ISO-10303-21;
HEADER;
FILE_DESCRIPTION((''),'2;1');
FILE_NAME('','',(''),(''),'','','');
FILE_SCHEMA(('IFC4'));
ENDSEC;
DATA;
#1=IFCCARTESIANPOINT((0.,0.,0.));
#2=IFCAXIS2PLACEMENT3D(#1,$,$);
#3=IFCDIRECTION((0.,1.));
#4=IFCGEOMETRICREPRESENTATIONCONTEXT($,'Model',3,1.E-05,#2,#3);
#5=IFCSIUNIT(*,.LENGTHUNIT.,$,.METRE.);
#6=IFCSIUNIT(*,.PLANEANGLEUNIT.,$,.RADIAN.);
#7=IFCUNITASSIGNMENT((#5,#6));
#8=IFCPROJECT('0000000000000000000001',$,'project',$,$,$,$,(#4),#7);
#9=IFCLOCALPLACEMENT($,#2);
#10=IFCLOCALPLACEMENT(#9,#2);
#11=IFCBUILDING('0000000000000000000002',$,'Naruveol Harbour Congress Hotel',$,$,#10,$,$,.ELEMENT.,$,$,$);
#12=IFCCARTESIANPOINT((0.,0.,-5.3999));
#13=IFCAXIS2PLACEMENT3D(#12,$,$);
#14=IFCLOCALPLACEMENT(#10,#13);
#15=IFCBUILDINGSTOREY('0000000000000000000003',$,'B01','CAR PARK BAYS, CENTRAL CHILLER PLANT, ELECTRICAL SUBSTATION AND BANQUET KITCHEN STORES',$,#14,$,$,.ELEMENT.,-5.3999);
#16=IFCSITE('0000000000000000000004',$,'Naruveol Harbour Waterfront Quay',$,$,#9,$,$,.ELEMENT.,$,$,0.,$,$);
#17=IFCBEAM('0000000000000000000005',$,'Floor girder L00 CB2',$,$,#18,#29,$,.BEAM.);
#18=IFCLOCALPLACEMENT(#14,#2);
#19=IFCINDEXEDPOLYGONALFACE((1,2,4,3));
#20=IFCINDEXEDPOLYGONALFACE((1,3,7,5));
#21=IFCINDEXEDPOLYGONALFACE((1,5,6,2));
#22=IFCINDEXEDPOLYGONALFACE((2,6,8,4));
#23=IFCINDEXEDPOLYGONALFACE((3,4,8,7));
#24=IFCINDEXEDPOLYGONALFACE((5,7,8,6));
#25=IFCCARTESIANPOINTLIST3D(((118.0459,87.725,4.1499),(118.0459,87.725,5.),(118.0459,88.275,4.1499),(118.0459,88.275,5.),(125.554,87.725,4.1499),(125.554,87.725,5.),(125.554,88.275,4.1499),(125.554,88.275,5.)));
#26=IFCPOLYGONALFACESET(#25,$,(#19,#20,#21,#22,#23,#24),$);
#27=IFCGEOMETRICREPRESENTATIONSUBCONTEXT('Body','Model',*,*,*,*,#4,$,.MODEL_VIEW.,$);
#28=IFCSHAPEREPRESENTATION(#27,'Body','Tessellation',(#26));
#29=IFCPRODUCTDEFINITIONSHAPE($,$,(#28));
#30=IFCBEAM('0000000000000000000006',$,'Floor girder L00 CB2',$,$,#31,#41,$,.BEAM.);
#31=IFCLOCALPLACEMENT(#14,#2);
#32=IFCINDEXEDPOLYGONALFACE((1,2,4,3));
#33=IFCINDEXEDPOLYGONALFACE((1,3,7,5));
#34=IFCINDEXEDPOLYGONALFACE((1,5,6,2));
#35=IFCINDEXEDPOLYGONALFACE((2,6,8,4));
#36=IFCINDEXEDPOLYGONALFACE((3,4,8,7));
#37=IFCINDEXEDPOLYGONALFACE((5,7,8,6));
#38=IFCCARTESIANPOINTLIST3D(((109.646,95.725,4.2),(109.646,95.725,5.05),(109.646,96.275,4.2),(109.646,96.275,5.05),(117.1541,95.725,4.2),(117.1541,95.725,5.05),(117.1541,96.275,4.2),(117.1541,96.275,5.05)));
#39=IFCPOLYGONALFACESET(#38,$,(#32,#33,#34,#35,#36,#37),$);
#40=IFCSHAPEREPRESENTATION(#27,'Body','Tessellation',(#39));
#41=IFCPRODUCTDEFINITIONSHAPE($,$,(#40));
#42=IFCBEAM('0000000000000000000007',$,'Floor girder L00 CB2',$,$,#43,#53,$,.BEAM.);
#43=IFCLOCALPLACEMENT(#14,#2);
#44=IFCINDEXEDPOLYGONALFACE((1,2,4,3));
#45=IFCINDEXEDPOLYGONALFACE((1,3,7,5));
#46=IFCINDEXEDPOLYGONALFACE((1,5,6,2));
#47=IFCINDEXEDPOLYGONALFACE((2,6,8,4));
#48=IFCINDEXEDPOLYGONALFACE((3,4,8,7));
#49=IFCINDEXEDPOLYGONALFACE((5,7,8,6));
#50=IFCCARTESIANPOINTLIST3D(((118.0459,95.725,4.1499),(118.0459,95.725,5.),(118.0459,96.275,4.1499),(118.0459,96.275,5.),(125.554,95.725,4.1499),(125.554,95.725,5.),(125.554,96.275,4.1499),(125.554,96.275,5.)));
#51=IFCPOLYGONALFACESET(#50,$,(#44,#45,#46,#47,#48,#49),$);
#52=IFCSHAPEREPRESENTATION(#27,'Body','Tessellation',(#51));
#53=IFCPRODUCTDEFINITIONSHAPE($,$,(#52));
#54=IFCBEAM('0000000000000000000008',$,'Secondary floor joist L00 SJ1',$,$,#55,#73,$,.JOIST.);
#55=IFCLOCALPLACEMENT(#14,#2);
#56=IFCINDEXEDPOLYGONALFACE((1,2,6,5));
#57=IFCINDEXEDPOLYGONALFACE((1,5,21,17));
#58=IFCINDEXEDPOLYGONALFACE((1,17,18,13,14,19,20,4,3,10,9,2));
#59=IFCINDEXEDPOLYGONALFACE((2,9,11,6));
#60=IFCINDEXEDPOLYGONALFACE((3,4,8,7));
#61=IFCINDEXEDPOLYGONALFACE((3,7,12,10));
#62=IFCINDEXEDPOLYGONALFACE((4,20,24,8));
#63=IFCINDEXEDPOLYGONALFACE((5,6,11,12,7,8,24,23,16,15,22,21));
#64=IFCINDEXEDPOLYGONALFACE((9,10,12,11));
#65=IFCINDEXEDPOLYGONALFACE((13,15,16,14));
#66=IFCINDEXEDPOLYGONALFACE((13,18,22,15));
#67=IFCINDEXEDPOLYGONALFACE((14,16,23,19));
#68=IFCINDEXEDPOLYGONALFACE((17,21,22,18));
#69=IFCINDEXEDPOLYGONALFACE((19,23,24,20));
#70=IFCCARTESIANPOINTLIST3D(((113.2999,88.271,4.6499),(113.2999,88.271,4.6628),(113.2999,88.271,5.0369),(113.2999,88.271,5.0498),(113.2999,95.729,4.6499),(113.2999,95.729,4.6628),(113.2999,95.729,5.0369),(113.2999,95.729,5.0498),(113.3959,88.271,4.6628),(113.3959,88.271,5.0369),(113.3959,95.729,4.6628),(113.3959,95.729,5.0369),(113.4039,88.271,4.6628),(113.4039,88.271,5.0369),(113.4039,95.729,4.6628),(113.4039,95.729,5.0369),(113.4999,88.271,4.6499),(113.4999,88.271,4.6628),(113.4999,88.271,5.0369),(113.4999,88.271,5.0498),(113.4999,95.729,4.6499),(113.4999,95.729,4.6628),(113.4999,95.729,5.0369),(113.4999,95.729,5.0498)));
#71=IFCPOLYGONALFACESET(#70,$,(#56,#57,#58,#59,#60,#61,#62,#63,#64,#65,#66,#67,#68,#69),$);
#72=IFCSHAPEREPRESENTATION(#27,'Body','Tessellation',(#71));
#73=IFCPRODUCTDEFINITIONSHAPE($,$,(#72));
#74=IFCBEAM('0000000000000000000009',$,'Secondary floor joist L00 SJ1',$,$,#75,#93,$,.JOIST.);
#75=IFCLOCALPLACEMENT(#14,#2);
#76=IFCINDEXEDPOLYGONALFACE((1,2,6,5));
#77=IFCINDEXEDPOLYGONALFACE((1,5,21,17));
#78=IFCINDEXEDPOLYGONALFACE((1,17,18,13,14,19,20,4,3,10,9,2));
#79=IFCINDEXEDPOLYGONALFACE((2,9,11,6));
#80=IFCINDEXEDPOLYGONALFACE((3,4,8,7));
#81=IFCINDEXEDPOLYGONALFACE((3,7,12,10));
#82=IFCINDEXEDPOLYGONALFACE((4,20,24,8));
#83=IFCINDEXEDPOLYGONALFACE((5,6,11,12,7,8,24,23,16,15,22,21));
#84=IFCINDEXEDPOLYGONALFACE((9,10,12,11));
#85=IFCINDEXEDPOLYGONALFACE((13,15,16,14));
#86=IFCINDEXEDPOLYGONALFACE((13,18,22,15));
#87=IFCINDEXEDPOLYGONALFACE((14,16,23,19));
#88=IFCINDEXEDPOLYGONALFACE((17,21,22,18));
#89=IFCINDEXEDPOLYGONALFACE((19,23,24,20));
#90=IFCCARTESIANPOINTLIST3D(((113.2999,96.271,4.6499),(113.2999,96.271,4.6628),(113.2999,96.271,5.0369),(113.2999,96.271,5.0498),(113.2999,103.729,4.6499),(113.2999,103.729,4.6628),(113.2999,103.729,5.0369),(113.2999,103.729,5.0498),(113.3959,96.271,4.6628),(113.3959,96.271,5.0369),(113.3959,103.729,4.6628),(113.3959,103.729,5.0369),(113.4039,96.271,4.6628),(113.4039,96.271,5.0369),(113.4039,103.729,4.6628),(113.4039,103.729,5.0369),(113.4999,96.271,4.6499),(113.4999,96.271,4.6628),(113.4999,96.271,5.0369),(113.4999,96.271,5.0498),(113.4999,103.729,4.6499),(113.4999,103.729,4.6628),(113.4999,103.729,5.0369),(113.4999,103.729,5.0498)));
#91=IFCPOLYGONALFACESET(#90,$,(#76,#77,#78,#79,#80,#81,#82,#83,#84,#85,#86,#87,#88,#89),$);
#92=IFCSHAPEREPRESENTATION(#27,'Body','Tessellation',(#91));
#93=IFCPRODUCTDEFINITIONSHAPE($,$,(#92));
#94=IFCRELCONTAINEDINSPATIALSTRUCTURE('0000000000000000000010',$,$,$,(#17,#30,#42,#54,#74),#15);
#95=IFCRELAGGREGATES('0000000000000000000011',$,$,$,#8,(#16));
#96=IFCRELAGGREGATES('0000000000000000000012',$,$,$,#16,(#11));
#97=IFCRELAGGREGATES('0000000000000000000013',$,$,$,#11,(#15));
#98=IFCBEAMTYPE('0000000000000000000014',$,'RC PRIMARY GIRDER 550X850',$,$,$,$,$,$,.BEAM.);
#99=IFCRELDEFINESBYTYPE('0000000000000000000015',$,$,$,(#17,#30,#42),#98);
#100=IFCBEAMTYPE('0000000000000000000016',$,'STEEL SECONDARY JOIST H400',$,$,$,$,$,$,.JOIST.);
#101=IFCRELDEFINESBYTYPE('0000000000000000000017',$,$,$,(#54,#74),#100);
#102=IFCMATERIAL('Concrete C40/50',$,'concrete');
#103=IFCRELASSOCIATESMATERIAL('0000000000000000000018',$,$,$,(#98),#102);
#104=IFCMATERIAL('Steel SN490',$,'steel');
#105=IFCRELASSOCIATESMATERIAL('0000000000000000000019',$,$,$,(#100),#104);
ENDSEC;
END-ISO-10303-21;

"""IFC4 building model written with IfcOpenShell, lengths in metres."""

from ifc_helpers import new_model, si_unit, direction, frame, origin, origin_2d, place, context, subcontext, project, spatial, rectangle, i_section, extrude, material, material_profile, profile_set, type_object, element, save


model = new_model("IFC4")

# Units and contexts
model_context = context("Model", 3, precision=1e-05, world=origin(), true_north=direction((0.0, 1.0)))
body_context = subcontext(model_context, "Body", "Model", "MODEL_VIEW")
ifc_project = project(units=[si_unit("LENGTHUNIT", "METRE"), si_unit("PLANEANGLEUNIT", "RADIAN")], contexts=[model_context])

# Site, building, storey
site_placement = place(None, origin())
site = spatial("IfcSite", under=ifc_project, at=site_placement, Name="Naruveol Harbour Waterfront Quay", CompositionType="ELEMENT", RefElevation=0.0)
building_placement = place(site_placement, origin())
building = spatial("IfcBuilding", under=site, at=building_placement, Name="Naruveol Harbour Congress Hotel", CompositionType="ELEMENT")
storey_placement = place(building_placement, frame((0.0, 0.0, -5.3999)))
storey = spatial("IfcBuildingStorey", under=building, at=storey_placement, Name="B01", Description="CAR PARK BAYS, CENTRAL CHILLER PLANT, ELECTRICAL SUBSTATION AND BANQUET KITCHEN STORES", CompositionType="ELEMENT", Elevation=-5.3999)

# Beams
ifc_material_1 = material(Name="Concrete C40/50", Category="concrete")
ifc_material_profile_1 = material_profile(ifc_material_1, rectangle(XDim=0.55, YDim=0.8501, at=origin_2d()), Name="RCB-550x850")
ifc_profile_set_1 = profile_set([ifc_material_profile_1], Name="Concrete C40/50")
beam_type_1 = type_object("IfcBeamType", Name="RC PRIMARY GIRDER 550X850", PredefinedType="BEAM", material=ifc_profile_set_1)
for number, where, z_axis, x_axis, name in (
    (1, (118.0459, 88.0, 4.575), (1.0, 0.0, 0.0), (0.0, 1.0, 0.0), "Floor girder L00 CB2"),
    (2, (109.646, 96.0, 4.625), (1.0, 0.0, 0.0), (0.0, 1.0, 0.0), "Floor girder L00 CB2"),
    (3, (118.0459, 96.0, 4.575), (1.0, 0.0, 0.0), (0.0, 1.0, 0.0), "Floor girder L00 CB2"),
):
    element("IfcBeam", number, at=place(storey_placement, frame(where, z_axis=z_axis, x_axis=x_axis)), inside=storey, type_object=beam_type_1, Name=name, PredefinedType="BEAM", context=body_context, shape_type="SweptSolid", body=[
        extrude(rectangle(XDim=0.55, YDim=0.8501, at=origin_2d()), origin(), (0.0, 0.0, 1.0), 7.5081),
    ])
ifc_material_2 = material(Name="Steel SN490", Category="steel")
ifc_material_profile_2 = material_profile(ifc_material_2, i_section(OverallWidth=0.2, OverallDepth=0.3999, WebThickness=0.0081, FlangeThickness=0.0129, at=origin_2d()), Name="H-400x200x8x13")
ifc_profile_set_2 = profile_set([ifc_material_profile_2], Name="Steel SN490")
beam_type_2 = type_object("IfcBeamType", Name="STEEL SECONDARY JOIST H400", PredefinedType="JOIST", material=ifc_profile_set_2)
for number, where, z_axis, x_axis, name in (
    (4, (113.3999, 88.271, 4.8499), (0.0, 1.0, 0.0), (-1.0, 0.0, 0.0), "Secondary floor joist L00 SJ1"),
    (5, (113.3999, 96.271, 4.8499), (0.0, 1.0, 0.0), (-1.0, 0.0, 0.0), "Secondary floor joist L00 SJ1"),
):
    element("IfcBeam", number, at=place(storey_placement, frame(where, z_axis=z_axis, x_axis=x_axis)), inside=storey, type_object=beam_type_2, Name=name, PredefinedType="JOIST", context=body_context, shape_type="SweptSolid", body=[
        extrude(i_section(OverallWidth=0.2, OverallDepth=0.3999, WebThickness=0.0081, FlangeThickness=0.0129, at=origin_2d()), origin(), (0.0, 0.0, 1.0), 7.458),
    ])

save(model, "model.ifc")
